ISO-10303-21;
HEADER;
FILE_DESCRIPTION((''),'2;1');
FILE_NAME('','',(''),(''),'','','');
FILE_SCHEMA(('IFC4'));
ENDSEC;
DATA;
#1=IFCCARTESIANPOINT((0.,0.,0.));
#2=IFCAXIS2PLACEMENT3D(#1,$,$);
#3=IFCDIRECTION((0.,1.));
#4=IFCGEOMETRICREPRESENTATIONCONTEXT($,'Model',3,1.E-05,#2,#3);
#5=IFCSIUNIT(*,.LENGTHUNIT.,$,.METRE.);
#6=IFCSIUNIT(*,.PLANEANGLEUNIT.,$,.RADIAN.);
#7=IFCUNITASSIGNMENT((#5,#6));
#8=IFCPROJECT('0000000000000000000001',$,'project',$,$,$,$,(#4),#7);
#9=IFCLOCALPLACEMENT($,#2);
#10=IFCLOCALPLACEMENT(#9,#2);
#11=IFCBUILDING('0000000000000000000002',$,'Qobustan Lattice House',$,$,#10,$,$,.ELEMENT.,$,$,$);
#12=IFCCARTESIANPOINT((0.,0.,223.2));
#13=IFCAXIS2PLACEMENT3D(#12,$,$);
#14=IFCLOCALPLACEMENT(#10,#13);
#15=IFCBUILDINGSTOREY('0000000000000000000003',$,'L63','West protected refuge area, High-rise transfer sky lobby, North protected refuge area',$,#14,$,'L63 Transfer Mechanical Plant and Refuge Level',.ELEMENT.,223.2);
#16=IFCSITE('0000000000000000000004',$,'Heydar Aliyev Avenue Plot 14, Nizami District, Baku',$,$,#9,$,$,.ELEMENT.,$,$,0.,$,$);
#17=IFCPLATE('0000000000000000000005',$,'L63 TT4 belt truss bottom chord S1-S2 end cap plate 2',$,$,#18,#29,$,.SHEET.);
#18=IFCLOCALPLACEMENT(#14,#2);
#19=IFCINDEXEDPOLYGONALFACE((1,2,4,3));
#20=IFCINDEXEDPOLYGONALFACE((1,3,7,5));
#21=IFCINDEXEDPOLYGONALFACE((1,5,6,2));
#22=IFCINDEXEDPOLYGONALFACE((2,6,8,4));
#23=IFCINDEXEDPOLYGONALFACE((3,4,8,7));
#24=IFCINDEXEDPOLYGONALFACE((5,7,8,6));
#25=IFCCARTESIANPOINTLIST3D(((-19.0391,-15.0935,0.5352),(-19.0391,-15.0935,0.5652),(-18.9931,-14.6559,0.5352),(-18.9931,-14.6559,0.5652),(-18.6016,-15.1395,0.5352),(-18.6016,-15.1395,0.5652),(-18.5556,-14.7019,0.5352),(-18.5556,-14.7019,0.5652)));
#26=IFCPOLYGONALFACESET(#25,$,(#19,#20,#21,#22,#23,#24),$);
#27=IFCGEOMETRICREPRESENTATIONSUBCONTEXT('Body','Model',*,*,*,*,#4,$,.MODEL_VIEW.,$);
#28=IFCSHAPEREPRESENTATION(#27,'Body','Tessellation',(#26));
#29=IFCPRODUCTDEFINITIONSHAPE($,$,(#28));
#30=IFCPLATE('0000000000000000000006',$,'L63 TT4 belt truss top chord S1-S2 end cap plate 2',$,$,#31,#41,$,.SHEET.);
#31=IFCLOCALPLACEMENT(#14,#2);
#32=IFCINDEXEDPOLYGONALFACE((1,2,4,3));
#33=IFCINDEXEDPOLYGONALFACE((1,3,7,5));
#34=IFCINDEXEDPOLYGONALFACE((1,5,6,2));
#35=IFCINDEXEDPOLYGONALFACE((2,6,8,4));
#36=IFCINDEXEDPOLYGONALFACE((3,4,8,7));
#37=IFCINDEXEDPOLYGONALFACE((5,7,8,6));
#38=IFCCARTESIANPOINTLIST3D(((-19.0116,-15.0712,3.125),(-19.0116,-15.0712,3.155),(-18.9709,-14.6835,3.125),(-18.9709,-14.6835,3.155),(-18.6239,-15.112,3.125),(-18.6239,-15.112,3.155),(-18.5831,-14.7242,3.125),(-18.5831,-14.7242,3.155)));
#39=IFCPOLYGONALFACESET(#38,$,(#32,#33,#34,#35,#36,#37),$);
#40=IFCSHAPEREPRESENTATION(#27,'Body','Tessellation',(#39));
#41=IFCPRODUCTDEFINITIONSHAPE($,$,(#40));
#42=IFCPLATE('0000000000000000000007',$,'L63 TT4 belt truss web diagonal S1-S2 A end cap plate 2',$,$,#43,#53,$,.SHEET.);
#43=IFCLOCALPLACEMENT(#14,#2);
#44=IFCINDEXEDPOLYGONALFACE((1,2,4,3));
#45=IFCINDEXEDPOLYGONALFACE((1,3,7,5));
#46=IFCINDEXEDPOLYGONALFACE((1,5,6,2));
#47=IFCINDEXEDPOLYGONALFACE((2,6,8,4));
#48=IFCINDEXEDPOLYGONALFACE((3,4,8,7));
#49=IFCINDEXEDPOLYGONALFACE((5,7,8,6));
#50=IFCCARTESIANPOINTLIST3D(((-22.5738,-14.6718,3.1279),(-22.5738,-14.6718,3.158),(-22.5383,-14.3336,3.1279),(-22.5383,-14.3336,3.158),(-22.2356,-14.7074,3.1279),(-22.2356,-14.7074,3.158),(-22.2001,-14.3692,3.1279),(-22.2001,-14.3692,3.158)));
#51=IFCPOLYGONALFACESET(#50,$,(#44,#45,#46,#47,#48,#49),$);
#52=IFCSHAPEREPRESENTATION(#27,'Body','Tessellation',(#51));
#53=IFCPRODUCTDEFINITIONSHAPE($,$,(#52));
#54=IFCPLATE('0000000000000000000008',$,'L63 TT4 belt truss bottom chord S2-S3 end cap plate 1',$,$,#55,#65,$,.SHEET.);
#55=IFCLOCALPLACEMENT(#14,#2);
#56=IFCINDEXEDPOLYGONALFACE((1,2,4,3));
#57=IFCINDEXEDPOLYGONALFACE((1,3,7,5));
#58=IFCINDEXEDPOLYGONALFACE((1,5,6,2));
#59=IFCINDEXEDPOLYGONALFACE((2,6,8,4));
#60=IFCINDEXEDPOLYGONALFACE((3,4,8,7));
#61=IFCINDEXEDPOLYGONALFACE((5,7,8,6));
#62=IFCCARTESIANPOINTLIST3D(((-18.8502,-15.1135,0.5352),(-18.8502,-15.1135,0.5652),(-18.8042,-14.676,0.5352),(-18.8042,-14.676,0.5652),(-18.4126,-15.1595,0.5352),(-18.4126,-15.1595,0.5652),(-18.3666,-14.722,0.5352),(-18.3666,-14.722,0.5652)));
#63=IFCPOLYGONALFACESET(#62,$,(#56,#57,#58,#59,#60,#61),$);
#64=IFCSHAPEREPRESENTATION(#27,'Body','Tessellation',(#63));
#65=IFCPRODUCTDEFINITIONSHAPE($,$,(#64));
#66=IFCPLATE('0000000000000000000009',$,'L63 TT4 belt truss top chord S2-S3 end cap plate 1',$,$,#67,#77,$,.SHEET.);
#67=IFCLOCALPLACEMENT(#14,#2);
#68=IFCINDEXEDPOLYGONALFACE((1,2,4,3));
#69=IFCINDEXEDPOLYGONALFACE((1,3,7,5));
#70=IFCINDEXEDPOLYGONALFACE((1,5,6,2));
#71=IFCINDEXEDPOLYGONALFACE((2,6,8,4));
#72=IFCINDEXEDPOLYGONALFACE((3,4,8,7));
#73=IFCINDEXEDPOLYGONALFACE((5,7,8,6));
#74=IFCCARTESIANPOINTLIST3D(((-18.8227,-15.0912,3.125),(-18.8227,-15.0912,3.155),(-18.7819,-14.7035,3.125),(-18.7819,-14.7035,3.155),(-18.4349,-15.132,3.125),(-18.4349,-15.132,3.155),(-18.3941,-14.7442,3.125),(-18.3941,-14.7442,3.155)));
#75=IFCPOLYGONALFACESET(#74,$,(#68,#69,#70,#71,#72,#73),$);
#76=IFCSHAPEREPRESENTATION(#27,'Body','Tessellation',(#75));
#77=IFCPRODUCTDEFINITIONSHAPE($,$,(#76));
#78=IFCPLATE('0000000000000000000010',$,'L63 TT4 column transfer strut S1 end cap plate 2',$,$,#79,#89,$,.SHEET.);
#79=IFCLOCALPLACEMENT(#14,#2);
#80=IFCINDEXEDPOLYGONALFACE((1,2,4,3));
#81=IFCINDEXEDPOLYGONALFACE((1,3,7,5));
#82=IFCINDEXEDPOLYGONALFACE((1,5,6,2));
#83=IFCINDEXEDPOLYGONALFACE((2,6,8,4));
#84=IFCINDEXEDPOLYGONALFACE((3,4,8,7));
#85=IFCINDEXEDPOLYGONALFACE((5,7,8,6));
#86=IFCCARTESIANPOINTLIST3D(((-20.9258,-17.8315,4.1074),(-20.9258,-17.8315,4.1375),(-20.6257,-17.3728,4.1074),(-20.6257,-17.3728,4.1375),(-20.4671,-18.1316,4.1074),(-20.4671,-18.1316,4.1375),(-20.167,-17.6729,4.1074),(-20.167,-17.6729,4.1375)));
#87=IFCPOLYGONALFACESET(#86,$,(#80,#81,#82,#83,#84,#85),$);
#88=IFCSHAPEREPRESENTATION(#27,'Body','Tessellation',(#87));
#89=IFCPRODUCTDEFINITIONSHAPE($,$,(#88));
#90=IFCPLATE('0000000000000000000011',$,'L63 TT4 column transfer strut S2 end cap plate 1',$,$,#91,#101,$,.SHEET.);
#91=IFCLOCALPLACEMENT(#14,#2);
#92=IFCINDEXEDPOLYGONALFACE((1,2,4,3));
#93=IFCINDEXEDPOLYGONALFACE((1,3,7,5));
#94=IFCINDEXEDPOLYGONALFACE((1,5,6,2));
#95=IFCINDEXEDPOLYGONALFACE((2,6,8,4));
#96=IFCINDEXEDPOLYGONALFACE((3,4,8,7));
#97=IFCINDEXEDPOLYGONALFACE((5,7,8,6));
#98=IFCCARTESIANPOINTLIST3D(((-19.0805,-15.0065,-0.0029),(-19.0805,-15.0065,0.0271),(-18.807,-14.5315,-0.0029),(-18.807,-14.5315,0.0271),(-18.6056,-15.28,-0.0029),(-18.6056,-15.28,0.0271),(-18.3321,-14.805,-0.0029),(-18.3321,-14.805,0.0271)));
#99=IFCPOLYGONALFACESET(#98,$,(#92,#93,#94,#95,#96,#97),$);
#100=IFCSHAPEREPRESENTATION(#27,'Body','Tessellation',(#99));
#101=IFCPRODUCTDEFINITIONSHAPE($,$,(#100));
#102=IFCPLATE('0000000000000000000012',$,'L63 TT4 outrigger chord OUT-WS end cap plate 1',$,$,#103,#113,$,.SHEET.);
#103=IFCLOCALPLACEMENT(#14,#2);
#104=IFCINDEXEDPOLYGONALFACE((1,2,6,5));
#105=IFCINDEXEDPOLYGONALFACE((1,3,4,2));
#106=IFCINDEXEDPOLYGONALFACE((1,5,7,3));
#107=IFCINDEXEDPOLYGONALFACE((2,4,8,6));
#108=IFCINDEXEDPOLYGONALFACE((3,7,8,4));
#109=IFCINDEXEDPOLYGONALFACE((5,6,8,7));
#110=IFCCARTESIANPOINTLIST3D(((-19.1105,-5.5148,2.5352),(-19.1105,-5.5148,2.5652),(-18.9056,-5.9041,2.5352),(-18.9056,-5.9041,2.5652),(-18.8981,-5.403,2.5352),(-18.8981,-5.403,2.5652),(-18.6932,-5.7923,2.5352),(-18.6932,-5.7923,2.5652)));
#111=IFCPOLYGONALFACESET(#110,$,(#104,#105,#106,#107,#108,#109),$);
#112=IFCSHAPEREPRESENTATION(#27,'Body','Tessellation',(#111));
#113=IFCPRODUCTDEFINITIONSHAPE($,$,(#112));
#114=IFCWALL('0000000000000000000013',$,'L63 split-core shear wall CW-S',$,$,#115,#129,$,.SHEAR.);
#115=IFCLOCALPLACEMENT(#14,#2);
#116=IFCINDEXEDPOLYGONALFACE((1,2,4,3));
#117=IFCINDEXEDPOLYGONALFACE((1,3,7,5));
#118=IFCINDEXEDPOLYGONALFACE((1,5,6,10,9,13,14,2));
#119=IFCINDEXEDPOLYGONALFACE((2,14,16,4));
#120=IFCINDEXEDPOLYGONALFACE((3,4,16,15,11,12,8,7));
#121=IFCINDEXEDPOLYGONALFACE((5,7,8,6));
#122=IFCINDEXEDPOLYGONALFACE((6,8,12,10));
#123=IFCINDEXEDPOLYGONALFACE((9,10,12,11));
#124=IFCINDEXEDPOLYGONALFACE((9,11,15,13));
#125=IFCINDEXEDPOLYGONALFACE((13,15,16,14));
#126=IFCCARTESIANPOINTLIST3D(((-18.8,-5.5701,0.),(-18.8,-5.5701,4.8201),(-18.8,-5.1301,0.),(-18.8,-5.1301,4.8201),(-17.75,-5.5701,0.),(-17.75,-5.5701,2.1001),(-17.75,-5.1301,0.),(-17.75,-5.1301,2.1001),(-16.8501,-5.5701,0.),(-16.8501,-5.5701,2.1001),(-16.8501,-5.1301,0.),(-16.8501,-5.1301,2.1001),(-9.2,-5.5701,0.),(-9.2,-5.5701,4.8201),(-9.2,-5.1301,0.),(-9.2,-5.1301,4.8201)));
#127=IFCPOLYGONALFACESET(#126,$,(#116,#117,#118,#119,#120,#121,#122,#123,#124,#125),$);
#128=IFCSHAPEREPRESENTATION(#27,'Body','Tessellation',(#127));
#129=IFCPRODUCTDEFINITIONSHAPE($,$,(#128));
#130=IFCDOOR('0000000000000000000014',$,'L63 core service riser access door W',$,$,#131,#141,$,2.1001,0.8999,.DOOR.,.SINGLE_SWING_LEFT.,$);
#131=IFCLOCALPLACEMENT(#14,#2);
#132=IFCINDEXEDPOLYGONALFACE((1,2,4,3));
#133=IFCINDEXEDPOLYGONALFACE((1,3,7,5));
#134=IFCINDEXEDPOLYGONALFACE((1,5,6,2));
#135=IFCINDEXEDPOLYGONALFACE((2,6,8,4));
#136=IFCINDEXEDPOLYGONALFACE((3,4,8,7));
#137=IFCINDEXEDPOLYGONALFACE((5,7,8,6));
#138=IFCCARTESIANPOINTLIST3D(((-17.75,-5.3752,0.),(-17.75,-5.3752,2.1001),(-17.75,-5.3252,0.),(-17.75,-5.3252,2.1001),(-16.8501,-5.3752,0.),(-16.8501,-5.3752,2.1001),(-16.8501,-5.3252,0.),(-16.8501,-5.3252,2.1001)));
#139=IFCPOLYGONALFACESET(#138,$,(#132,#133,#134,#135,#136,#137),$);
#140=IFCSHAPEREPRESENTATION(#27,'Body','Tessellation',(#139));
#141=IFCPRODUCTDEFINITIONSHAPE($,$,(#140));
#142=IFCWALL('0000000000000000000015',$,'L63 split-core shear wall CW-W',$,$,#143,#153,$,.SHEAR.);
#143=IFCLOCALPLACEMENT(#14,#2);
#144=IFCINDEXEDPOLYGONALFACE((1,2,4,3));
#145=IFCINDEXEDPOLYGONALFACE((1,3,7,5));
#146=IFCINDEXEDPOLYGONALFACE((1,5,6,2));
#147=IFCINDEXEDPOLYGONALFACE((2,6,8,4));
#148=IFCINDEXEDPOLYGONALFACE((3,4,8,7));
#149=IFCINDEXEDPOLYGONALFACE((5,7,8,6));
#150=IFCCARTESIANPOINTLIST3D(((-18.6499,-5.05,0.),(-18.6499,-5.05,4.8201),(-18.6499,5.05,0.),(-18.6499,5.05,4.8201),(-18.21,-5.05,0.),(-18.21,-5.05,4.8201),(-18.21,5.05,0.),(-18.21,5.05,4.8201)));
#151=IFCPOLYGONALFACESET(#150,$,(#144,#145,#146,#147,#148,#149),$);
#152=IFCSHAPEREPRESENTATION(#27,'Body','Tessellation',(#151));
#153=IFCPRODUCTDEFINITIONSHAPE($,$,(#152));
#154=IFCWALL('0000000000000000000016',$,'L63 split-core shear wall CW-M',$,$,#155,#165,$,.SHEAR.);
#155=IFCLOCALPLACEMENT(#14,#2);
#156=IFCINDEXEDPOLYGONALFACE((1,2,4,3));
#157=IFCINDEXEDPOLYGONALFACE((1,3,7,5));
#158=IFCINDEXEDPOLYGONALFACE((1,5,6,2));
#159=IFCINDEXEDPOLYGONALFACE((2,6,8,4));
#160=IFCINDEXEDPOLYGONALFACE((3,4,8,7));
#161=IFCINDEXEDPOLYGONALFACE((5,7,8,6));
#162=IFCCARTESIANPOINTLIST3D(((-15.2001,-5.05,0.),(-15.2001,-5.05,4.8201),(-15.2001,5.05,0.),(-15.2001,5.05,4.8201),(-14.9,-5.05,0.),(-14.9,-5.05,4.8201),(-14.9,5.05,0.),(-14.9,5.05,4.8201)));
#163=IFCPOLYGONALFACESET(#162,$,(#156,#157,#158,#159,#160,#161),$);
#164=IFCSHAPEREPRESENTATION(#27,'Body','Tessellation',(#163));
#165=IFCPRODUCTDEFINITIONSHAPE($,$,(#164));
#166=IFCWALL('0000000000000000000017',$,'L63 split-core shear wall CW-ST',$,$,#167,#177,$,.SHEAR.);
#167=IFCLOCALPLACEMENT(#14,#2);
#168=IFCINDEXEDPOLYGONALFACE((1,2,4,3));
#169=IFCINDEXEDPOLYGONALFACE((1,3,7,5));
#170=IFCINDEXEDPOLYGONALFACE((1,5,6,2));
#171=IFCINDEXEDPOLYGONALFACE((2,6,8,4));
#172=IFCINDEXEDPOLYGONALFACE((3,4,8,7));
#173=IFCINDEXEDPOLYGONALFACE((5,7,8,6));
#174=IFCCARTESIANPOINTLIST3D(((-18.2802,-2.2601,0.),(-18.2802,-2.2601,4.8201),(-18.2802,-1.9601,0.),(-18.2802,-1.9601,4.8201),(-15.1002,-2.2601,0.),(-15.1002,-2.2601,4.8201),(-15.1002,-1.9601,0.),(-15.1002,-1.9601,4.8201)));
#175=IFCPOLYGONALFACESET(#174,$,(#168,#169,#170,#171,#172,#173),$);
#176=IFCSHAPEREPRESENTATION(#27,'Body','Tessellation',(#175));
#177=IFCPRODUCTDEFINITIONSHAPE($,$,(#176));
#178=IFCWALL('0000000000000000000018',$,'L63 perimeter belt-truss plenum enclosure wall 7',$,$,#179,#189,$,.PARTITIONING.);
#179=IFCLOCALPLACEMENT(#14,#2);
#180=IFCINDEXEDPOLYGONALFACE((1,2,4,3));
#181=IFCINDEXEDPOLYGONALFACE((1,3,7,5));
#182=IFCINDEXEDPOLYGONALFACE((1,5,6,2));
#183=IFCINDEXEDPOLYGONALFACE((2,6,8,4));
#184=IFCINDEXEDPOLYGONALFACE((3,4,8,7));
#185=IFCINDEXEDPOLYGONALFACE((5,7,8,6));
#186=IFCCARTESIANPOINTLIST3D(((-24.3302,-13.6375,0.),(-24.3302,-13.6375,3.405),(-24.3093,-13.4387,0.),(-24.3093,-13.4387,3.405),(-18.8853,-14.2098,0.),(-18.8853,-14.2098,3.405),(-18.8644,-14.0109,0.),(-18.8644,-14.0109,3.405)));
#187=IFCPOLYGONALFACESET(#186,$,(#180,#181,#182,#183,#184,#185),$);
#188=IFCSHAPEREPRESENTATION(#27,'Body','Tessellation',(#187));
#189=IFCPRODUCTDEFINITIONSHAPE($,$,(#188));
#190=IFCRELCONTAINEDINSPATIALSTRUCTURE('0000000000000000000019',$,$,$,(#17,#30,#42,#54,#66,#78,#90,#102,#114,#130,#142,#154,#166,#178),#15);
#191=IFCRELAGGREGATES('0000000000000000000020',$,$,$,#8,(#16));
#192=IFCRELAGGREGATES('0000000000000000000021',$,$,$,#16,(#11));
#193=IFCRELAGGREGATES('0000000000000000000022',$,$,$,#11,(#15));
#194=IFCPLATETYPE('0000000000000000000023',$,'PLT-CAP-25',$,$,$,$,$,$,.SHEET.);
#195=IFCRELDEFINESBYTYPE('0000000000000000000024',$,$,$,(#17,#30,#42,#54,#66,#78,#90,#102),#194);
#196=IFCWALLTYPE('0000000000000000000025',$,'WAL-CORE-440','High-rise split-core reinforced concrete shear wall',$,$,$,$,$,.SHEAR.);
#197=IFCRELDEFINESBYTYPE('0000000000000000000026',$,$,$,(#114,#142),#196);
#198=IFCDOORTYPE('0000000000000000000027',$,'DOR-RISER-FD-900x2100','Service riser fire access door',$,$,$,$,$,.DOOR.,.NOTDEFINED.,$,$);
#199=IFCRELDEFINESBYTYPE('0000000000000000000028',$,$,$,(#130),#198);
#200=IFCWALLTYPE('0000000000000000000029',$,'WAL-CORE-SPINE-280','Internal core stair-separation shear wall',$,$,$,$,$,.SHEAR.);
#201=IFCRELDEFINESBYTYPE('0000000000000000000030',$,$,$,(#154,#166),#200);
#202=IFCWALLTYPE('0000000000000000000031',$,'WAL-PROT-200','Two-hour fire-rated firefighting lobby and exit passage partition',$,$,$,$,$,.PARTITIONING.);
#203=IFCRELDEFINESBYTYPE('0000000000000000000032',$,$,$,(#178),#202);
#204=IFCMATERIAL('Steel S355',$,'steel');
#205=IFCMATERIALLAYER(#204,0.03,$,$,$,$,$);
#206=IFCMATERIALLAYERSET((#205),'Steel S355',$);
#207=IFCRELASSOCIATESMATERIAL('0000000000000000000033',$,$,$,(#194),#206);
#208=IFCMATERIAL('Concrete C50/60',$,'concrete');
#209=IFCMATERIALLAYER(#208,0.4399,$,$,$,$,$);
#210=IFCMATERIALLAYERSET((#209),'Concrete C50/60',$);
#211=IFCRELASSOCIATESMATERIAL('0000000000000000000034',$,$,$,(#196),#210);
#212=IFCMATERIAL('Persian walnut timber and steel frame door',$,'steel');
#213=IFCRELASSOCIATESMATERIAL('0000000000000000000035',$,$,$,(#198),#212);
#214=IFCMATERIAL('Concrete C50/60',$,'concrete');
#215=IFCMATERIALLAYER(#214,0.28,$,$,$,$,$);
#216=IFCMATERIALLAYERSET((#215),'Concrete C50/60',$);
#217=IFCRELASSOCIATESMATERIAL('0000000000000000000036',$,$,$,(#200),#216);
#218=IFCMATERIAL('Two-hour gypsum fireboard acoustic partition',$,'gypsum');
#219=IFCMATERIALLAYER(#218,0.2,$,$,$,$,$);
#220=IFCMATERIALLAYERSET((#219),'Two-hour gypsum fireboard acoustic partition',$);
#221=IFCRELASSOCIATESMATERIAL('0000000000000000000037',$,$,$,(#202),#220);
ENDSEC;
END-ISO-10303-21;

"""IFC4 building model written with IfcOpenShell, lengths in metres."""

from ifc_helpers import new_model, si_unit, direction, frame, frame_2d, origin, origin_2d, place, context, subcontext, project, spatial, rectangle, extrude, material, layer, layer_set, type_object, element, fill, save


model = new_model("IFC4")

# Units and contexts
model_context = context("Model", 3, precision=1e-05, world=origin(), true_north=direction((0.0, 1.0)))
body_context = subcontext(model_context, "Body", "Model", "MODEL_VIEW")
ifc_project = project(units=[si_unit("LENGTHUNIT", "METRE"), si_unit("PLANEANGLEUNIT", "RADIAN")], contexts=[model_context])

# Site, building, storey
site_placement = place(None, origin())
site = spatial("IfcSite", under=ifc_project, at=site_placement, Name="Heydar Aliyev Avenue Plot 14, Nizami District, Baku", CompositionType="ELEMENT", RefElevation=0.0)
building_placement = place(site_placement, origin())
building = spatial("IfcBuilding", under=site, at=building_placement, Name="Qobustan Lattice House", CompositionType="ELEMENT")
storey_placement = place(building_placement, frame((0.0, 0.0, 223.2)))
storey = spatial("IfcBuildingStorey", under=building, at=storey_placement, Name="L63", Description="West protected refuge area, High-rise transfer sky lobby, North protected refuge area", LongName="L63 Transfer Mechanical Plant and Refuge Level", CompositionType="ELEMENT", Elevation=223.2)

# Plates
ifc_material_1 = material(Name="Steel S355", Category="steel")
ifc_layer_1 = layer(ifc_material_1, 0.03)
ifc_layer_set_1 = layer_set([ifc_layer_1], Name="Steel S355")
plate_type = type_object("IfcPlateType", Name="PLT-CAP-25", PredefinedType="SHEET", material=ifc_layer_set_1)
plate_1_placement = place(storey_placement, frame((-18.7974, -14.8977, 0.5352), z_axis=(0.0, 0.0, 1.0), x_axis=(0.994524, -0.104511, 0.0)))
element("IfcPlate", 1, at=plate_1_placement, inside=storey, type_object=plate_type, Name="L63 TT4 belt truss bottom chord S1-S2 end cap plate 2", PredefinedType="SHEET", context=body_context, shape_type="SweptSolid", body=[
    extrude(rectangle(XDim=0.4399, YDim=0.4399, at=origin_2d()), origin(), (0.0, 0.0, 1.0), 0.03),
])
plate_2_placement = place(storey_placement, frame((-18.7974, -14.8977, 3.125), z_axis=(0.0, 0.0, 1.0), x_axis=(0.994524, -0.104511, 0.0)))
element("IfcPlate", 2, at=plate_2_placement, inside=storey, type_object=plate_type, Name="L63 TT4 belt truss top chord S1-S2 end cap plate 2", PredefinedType="SHEET", context=body_context, shape_type="SweptSolid", body=[
    extrude(rectangle(XDim=0.3899, YDim=0.3899, at=origin_2d()), origin(), (0.0, 0.0, 1.0), 0.03),
])
plate_3_placement = place(storey_placement, frame((-22.387, -14.5205, 3.1279), z_axis=(0.0, 0.0, 1.0), x_axis=(0.994524, -0.104511, 0.0)))
element("IfcPlate", 3, at=plate_3_placement, inside=storey, type_object=plate_type, Name="L63 TT4 belt truss web diagonal S1-S2 A end cap plate 2", PredefinedType="SHEET", context=body_context, shape_type="SweptSolid", body=[
    extrude(rectangle(XDim=0.3401, YDim=0.3401, at=origin_2d()), origin(), (0.0, 0.0, 1.0), 0.03),
])
plate_4_placement = place(storey_placement, frame((-18.6084, -14.9177, 0.5352), z_axis=(0.0, 0.0, 1.0), x_axis=(0.994522, -0.104528, 0.0)))
element("IfcPlate", 4, at=plate_4_placement, inside=storey, type_object=plate_type, Name="L63 TT4 belt truss bottom chord S2-S3 end cap plate 1", PredefinedType="SHEET", context=body_context, shape_type="SweptSolid", body=[
    extrude(rectangle(XDim=0.4399, YDim=0.4399, at=origin_2d()), origin(), (0.0, 0.0, 1.0), 0.03),
])
plate_5_placement = place(storey_placement, frame((-18.6084, -14.9177, 3.125), z_axis=(0.0, 0.0, 1.0), x_axis=(0.994522, -0.104528, 0.0)))
element("IfcPlate", 5, at=plate_5_placement, inside=storey, type_object=plate_type, Name="L63 TT4 belt truss top chord S2-S3 end cap plate 1", PredefinedType="SHEET", context=body_context, shape_type="SweptSolid", body=[
    extrude(rectangle(XDim=0.3899, YDim=0.3899, at=origin_2d()), origin(), (0.0, 0.0, 1.0), 0.03),
])
for number, where, z_axis, x_axis, name in (
    (6, (-20.5464, -17.7522, 4.1074), (0.0, 0.0, 1.0), (0.836803, -0.547505, 0.0), "L63 TT4 column transfer strut S1 end cap plate 2"),
    (7, (-18.7063, -14.9058, -0.0029), (0.0, 0.0, 1.0), (0.866601, -0.499002, 0.0), "L63 TT4 column transfer strut S2 end cap plate 1"),
):
    element("IfcPlate", number, at=place(storey_placement, frame(where, z_axis=z_axis, x_axis=x_axis)), inside=storey, type_object=plate_type, Name=name, PredefinedType="SHEET", context=body_context, shape_type="SweptSolid", body=[
        extrude(rectangle(XDim=0.5481, YDim=0.5481, at=origin_2d()), origin(), (0.0, 0.0, 1.0), 0.03),
    ])
plate_6_placement = place(storey_placement, frame((-18.9019, -5.6536, 2.5352), z_axis=(0.0, 0.0, 1.0), x_axis=(-0.884955, -0.465676, 0.0)))
element("IfcPlate", 8, at=plate_6_placement, inside=storey, type_object=plate_type, Name="L63 TT4 outrigger chord OUT-WS end cap plate 1", PredefinedType="SHEET", context=body_context, shape_type="SweptSolid", body=[
    extrude(rectangle(XDim=0.24, YDim=0.4399, at=origin_2d()), origin(), (0.0, 0.0, 1.0), 0.03),
])

# Wall, opening, door
ifc_material_2 = material(Name="Concrete C50/60", Category="concrete")
ifc_layer_2 = layer(ifc_material_2, 0.4399)
ifc_layer_set_2 = layer_set([ifc_layer_2], Name="Concrete C50/60")
wall_type_1 = type_object("IfcWallType", Name="WAL-CORE-440", Description="High-rise split-core reinforced concrete shear wall", PredefinedType="SHEAR", material=ifc_layer_set_2)
wall_1_placement = place(storey_placement, frame((-18.8, -5.3501, 0.0), z_axis=(0.0, 0.0, 1.0), x_axis=(1.0, 0.0, 0.0)))
wall_1 = element("IfcWall", 9, at=wall_1_placement, inside=storey, type_object=wall_type_1, Name="L63 split-core shear wall CW-S", PredefinedType="SHEAR", context=body_context, shape_type="SweptSolid", body=[
    extrude(rectangle(XDim=9.6001, YDim=0.4399, at=frame_2d((4.8, 0.0))), origin(), (0.0, 0.0, 1.0), 4.8201),
])
opening_1_placement = place(wall_1_placement, frame((1.05, 0.0, 0.0)))
opening_1 = element("IfcOpeningElement", 10, at=opening_1_placement, cuts=wall_1, PredefinedType="OPENING", context=body_context, shape_type="SweptSolid", body=[
    extrude(rectangle(XDim=0.8999, YDim=2.1001, at=frame_2d((0.45, 1.05))), frame((0.0, 0.23, 0.0), z_axis=(0.0, -1.0, 0.0), x_axis=(1.0, 0.0, 0.0)), (0.0, 0.0, 1.0), 0.46),
])
ifc_material_3 = material(Name="Persian walnut timber and steel frame door", Category="steel")
door_type_1 = type_object("IfcDoorType", Name="DOR-RISER-FD-900x2100", Description="Service riser fire access door", OperationType="NOTDEFINED", PredefinedType="DOOR", material=ifc_material_3)
door_1_placement = place(opening_1_placement, origin())
door_1 = element("IfcDoor", 11, at=door_1_placement, inside=storey, type_object=door_type_1, Name="L63 core service riser access door W", OperationType="SINGLE_SWING_LEFT", OverallHeight=2.1001, OverallWidth=0.8999, PredefinedType="DOOR", context=body_context, shape_type="SweptSolid", body=[
    extrude(rectangle(XDim=0.8999, YDim=2.1001, at=frame_2d((0.45, 1.05))), frame((0.0, 0.0249, 0.0), z_axis=(0.0, -1.0, 0.0), x_axis=(1.0, 0.0, 0.0)), (0.0, 0.0, 1.0), 0.05),
])
fill(opening_1, door_1)

# Walls
wall_2_placement = place(storey_placement, frame((-18.4299, -5.05, 0.0), z_axis=(0.0, 0.0, 1.0), x_axis=(0.0, 1.0, 0.0)))
element("IfcWall", 12, at=wall_2_placement, inside=storey, type_object=wall_type_1, Name="L63 split-core shear wall CW-W", PredefinedType="SHEAR", context=body_context, shape_type="SweptSolid", body=[
    extrude(rectangle(XDim=10.1001, YDim=0.4399, at=frame_2d((5.05, 0.0))), origin(), (0.0, 0.0, 1.0), 4.8201),
])
ifc_material_4 = material(Name="Concrete C50/60", Category="concrete")
ifc_layer_3 = layer(ifc_material_4, 0.28)
ifc_layer_set_3 = layer_set([ifc_layer_3], Name="Concrete C50/60")
wall_type_2 = type_object("IfcWallType", Name="WAL-CORE-SPINE-280", Description="Internal core stair-separation shear wall", PredefinedType="SHEAR", material=ifc_layer_set_3)
wall_3_placement = place(storey_placement, frame((-15.05, -5.05, 0.0), z_axis=(0.0, 0.0, 1.0), x_axis=(0.0, 1.0, 0.0)))
element("IfcWall", 13, at=wall_3_placement, inside=storey, type_object=wall_type_2, Name="L63 split-core shear wall CW-M", PredefinedType="SHEAR", context=body_context, shape_type="SweptSolid", body=[
    extrude(rectangle(XDim=10.1001, YDim=0.3, at=frame_2d((5.05, 0.0))), origin(), (0.0, 0.0, 1.0), 4.8201),
])
wall_4_placement = place(storey_placement, frame((-18.28, -2.1101, 0.0), z_axis=(0.0, 0.0, 1.0), x_axis=(1.0, 0.0, 0.0)))
element("IfcWall", 14, at=wall_4_placement, inside=storey, type_object=wall_type_2, Name="L63 split-core shear wall CW-ST", PredefinedType="SHEAR", context=body_context, shape_type="SweptSolid", body=[
    extrude(rectangle(XDim=3.1799, YDim=0.3, at=frame_2d((1.5898, 0.0))), origin(), (0.0, 0.0, 1.0), 4.8201),
])
ifc_material_5 = material(Name="Two-hour gypsum fireboard acoustic partition", Category="gypsum")
ifc_layer_4 = layer(ifc_material_5, 0.2)
ifc_layer_set_4 = layer_set([ifc_layer_4], Name="Two-hour gypsum fireboard acoustic partition")
wall_type_3 = type_object("IfcWallType", Name="WAL-PROT-200", Description="Two-hour fire-rated firefighting lobby and exit passage partition", PredefinedType="PARTITIONING", material=ifc_layer_set_4)
wall_5_placement = place(storey_placement, frame((-18.875, -14.1104, 0.0), z_axis=(0.0, 0.0, 1.0), x_axis=(-0.994522, 0.104527, 0.0)))
element("IfcWall", 15, at=wall_5_placement, inside=storey, type_object=wall_type_3, Name="L63 perimeter belt-truss plenum enclosure wall 7", PredefinedType="PARTITIONING", context=body_context, shape_type="SweptSolid", body=[
    extrude(rectangle(XDim=5.4749, YDim=0.2, at=frame_2d((2.7373, 0.0))), origin(), (0.0, 0.0, 1.0), 3.405),
])

save(model, "model.ifc")
